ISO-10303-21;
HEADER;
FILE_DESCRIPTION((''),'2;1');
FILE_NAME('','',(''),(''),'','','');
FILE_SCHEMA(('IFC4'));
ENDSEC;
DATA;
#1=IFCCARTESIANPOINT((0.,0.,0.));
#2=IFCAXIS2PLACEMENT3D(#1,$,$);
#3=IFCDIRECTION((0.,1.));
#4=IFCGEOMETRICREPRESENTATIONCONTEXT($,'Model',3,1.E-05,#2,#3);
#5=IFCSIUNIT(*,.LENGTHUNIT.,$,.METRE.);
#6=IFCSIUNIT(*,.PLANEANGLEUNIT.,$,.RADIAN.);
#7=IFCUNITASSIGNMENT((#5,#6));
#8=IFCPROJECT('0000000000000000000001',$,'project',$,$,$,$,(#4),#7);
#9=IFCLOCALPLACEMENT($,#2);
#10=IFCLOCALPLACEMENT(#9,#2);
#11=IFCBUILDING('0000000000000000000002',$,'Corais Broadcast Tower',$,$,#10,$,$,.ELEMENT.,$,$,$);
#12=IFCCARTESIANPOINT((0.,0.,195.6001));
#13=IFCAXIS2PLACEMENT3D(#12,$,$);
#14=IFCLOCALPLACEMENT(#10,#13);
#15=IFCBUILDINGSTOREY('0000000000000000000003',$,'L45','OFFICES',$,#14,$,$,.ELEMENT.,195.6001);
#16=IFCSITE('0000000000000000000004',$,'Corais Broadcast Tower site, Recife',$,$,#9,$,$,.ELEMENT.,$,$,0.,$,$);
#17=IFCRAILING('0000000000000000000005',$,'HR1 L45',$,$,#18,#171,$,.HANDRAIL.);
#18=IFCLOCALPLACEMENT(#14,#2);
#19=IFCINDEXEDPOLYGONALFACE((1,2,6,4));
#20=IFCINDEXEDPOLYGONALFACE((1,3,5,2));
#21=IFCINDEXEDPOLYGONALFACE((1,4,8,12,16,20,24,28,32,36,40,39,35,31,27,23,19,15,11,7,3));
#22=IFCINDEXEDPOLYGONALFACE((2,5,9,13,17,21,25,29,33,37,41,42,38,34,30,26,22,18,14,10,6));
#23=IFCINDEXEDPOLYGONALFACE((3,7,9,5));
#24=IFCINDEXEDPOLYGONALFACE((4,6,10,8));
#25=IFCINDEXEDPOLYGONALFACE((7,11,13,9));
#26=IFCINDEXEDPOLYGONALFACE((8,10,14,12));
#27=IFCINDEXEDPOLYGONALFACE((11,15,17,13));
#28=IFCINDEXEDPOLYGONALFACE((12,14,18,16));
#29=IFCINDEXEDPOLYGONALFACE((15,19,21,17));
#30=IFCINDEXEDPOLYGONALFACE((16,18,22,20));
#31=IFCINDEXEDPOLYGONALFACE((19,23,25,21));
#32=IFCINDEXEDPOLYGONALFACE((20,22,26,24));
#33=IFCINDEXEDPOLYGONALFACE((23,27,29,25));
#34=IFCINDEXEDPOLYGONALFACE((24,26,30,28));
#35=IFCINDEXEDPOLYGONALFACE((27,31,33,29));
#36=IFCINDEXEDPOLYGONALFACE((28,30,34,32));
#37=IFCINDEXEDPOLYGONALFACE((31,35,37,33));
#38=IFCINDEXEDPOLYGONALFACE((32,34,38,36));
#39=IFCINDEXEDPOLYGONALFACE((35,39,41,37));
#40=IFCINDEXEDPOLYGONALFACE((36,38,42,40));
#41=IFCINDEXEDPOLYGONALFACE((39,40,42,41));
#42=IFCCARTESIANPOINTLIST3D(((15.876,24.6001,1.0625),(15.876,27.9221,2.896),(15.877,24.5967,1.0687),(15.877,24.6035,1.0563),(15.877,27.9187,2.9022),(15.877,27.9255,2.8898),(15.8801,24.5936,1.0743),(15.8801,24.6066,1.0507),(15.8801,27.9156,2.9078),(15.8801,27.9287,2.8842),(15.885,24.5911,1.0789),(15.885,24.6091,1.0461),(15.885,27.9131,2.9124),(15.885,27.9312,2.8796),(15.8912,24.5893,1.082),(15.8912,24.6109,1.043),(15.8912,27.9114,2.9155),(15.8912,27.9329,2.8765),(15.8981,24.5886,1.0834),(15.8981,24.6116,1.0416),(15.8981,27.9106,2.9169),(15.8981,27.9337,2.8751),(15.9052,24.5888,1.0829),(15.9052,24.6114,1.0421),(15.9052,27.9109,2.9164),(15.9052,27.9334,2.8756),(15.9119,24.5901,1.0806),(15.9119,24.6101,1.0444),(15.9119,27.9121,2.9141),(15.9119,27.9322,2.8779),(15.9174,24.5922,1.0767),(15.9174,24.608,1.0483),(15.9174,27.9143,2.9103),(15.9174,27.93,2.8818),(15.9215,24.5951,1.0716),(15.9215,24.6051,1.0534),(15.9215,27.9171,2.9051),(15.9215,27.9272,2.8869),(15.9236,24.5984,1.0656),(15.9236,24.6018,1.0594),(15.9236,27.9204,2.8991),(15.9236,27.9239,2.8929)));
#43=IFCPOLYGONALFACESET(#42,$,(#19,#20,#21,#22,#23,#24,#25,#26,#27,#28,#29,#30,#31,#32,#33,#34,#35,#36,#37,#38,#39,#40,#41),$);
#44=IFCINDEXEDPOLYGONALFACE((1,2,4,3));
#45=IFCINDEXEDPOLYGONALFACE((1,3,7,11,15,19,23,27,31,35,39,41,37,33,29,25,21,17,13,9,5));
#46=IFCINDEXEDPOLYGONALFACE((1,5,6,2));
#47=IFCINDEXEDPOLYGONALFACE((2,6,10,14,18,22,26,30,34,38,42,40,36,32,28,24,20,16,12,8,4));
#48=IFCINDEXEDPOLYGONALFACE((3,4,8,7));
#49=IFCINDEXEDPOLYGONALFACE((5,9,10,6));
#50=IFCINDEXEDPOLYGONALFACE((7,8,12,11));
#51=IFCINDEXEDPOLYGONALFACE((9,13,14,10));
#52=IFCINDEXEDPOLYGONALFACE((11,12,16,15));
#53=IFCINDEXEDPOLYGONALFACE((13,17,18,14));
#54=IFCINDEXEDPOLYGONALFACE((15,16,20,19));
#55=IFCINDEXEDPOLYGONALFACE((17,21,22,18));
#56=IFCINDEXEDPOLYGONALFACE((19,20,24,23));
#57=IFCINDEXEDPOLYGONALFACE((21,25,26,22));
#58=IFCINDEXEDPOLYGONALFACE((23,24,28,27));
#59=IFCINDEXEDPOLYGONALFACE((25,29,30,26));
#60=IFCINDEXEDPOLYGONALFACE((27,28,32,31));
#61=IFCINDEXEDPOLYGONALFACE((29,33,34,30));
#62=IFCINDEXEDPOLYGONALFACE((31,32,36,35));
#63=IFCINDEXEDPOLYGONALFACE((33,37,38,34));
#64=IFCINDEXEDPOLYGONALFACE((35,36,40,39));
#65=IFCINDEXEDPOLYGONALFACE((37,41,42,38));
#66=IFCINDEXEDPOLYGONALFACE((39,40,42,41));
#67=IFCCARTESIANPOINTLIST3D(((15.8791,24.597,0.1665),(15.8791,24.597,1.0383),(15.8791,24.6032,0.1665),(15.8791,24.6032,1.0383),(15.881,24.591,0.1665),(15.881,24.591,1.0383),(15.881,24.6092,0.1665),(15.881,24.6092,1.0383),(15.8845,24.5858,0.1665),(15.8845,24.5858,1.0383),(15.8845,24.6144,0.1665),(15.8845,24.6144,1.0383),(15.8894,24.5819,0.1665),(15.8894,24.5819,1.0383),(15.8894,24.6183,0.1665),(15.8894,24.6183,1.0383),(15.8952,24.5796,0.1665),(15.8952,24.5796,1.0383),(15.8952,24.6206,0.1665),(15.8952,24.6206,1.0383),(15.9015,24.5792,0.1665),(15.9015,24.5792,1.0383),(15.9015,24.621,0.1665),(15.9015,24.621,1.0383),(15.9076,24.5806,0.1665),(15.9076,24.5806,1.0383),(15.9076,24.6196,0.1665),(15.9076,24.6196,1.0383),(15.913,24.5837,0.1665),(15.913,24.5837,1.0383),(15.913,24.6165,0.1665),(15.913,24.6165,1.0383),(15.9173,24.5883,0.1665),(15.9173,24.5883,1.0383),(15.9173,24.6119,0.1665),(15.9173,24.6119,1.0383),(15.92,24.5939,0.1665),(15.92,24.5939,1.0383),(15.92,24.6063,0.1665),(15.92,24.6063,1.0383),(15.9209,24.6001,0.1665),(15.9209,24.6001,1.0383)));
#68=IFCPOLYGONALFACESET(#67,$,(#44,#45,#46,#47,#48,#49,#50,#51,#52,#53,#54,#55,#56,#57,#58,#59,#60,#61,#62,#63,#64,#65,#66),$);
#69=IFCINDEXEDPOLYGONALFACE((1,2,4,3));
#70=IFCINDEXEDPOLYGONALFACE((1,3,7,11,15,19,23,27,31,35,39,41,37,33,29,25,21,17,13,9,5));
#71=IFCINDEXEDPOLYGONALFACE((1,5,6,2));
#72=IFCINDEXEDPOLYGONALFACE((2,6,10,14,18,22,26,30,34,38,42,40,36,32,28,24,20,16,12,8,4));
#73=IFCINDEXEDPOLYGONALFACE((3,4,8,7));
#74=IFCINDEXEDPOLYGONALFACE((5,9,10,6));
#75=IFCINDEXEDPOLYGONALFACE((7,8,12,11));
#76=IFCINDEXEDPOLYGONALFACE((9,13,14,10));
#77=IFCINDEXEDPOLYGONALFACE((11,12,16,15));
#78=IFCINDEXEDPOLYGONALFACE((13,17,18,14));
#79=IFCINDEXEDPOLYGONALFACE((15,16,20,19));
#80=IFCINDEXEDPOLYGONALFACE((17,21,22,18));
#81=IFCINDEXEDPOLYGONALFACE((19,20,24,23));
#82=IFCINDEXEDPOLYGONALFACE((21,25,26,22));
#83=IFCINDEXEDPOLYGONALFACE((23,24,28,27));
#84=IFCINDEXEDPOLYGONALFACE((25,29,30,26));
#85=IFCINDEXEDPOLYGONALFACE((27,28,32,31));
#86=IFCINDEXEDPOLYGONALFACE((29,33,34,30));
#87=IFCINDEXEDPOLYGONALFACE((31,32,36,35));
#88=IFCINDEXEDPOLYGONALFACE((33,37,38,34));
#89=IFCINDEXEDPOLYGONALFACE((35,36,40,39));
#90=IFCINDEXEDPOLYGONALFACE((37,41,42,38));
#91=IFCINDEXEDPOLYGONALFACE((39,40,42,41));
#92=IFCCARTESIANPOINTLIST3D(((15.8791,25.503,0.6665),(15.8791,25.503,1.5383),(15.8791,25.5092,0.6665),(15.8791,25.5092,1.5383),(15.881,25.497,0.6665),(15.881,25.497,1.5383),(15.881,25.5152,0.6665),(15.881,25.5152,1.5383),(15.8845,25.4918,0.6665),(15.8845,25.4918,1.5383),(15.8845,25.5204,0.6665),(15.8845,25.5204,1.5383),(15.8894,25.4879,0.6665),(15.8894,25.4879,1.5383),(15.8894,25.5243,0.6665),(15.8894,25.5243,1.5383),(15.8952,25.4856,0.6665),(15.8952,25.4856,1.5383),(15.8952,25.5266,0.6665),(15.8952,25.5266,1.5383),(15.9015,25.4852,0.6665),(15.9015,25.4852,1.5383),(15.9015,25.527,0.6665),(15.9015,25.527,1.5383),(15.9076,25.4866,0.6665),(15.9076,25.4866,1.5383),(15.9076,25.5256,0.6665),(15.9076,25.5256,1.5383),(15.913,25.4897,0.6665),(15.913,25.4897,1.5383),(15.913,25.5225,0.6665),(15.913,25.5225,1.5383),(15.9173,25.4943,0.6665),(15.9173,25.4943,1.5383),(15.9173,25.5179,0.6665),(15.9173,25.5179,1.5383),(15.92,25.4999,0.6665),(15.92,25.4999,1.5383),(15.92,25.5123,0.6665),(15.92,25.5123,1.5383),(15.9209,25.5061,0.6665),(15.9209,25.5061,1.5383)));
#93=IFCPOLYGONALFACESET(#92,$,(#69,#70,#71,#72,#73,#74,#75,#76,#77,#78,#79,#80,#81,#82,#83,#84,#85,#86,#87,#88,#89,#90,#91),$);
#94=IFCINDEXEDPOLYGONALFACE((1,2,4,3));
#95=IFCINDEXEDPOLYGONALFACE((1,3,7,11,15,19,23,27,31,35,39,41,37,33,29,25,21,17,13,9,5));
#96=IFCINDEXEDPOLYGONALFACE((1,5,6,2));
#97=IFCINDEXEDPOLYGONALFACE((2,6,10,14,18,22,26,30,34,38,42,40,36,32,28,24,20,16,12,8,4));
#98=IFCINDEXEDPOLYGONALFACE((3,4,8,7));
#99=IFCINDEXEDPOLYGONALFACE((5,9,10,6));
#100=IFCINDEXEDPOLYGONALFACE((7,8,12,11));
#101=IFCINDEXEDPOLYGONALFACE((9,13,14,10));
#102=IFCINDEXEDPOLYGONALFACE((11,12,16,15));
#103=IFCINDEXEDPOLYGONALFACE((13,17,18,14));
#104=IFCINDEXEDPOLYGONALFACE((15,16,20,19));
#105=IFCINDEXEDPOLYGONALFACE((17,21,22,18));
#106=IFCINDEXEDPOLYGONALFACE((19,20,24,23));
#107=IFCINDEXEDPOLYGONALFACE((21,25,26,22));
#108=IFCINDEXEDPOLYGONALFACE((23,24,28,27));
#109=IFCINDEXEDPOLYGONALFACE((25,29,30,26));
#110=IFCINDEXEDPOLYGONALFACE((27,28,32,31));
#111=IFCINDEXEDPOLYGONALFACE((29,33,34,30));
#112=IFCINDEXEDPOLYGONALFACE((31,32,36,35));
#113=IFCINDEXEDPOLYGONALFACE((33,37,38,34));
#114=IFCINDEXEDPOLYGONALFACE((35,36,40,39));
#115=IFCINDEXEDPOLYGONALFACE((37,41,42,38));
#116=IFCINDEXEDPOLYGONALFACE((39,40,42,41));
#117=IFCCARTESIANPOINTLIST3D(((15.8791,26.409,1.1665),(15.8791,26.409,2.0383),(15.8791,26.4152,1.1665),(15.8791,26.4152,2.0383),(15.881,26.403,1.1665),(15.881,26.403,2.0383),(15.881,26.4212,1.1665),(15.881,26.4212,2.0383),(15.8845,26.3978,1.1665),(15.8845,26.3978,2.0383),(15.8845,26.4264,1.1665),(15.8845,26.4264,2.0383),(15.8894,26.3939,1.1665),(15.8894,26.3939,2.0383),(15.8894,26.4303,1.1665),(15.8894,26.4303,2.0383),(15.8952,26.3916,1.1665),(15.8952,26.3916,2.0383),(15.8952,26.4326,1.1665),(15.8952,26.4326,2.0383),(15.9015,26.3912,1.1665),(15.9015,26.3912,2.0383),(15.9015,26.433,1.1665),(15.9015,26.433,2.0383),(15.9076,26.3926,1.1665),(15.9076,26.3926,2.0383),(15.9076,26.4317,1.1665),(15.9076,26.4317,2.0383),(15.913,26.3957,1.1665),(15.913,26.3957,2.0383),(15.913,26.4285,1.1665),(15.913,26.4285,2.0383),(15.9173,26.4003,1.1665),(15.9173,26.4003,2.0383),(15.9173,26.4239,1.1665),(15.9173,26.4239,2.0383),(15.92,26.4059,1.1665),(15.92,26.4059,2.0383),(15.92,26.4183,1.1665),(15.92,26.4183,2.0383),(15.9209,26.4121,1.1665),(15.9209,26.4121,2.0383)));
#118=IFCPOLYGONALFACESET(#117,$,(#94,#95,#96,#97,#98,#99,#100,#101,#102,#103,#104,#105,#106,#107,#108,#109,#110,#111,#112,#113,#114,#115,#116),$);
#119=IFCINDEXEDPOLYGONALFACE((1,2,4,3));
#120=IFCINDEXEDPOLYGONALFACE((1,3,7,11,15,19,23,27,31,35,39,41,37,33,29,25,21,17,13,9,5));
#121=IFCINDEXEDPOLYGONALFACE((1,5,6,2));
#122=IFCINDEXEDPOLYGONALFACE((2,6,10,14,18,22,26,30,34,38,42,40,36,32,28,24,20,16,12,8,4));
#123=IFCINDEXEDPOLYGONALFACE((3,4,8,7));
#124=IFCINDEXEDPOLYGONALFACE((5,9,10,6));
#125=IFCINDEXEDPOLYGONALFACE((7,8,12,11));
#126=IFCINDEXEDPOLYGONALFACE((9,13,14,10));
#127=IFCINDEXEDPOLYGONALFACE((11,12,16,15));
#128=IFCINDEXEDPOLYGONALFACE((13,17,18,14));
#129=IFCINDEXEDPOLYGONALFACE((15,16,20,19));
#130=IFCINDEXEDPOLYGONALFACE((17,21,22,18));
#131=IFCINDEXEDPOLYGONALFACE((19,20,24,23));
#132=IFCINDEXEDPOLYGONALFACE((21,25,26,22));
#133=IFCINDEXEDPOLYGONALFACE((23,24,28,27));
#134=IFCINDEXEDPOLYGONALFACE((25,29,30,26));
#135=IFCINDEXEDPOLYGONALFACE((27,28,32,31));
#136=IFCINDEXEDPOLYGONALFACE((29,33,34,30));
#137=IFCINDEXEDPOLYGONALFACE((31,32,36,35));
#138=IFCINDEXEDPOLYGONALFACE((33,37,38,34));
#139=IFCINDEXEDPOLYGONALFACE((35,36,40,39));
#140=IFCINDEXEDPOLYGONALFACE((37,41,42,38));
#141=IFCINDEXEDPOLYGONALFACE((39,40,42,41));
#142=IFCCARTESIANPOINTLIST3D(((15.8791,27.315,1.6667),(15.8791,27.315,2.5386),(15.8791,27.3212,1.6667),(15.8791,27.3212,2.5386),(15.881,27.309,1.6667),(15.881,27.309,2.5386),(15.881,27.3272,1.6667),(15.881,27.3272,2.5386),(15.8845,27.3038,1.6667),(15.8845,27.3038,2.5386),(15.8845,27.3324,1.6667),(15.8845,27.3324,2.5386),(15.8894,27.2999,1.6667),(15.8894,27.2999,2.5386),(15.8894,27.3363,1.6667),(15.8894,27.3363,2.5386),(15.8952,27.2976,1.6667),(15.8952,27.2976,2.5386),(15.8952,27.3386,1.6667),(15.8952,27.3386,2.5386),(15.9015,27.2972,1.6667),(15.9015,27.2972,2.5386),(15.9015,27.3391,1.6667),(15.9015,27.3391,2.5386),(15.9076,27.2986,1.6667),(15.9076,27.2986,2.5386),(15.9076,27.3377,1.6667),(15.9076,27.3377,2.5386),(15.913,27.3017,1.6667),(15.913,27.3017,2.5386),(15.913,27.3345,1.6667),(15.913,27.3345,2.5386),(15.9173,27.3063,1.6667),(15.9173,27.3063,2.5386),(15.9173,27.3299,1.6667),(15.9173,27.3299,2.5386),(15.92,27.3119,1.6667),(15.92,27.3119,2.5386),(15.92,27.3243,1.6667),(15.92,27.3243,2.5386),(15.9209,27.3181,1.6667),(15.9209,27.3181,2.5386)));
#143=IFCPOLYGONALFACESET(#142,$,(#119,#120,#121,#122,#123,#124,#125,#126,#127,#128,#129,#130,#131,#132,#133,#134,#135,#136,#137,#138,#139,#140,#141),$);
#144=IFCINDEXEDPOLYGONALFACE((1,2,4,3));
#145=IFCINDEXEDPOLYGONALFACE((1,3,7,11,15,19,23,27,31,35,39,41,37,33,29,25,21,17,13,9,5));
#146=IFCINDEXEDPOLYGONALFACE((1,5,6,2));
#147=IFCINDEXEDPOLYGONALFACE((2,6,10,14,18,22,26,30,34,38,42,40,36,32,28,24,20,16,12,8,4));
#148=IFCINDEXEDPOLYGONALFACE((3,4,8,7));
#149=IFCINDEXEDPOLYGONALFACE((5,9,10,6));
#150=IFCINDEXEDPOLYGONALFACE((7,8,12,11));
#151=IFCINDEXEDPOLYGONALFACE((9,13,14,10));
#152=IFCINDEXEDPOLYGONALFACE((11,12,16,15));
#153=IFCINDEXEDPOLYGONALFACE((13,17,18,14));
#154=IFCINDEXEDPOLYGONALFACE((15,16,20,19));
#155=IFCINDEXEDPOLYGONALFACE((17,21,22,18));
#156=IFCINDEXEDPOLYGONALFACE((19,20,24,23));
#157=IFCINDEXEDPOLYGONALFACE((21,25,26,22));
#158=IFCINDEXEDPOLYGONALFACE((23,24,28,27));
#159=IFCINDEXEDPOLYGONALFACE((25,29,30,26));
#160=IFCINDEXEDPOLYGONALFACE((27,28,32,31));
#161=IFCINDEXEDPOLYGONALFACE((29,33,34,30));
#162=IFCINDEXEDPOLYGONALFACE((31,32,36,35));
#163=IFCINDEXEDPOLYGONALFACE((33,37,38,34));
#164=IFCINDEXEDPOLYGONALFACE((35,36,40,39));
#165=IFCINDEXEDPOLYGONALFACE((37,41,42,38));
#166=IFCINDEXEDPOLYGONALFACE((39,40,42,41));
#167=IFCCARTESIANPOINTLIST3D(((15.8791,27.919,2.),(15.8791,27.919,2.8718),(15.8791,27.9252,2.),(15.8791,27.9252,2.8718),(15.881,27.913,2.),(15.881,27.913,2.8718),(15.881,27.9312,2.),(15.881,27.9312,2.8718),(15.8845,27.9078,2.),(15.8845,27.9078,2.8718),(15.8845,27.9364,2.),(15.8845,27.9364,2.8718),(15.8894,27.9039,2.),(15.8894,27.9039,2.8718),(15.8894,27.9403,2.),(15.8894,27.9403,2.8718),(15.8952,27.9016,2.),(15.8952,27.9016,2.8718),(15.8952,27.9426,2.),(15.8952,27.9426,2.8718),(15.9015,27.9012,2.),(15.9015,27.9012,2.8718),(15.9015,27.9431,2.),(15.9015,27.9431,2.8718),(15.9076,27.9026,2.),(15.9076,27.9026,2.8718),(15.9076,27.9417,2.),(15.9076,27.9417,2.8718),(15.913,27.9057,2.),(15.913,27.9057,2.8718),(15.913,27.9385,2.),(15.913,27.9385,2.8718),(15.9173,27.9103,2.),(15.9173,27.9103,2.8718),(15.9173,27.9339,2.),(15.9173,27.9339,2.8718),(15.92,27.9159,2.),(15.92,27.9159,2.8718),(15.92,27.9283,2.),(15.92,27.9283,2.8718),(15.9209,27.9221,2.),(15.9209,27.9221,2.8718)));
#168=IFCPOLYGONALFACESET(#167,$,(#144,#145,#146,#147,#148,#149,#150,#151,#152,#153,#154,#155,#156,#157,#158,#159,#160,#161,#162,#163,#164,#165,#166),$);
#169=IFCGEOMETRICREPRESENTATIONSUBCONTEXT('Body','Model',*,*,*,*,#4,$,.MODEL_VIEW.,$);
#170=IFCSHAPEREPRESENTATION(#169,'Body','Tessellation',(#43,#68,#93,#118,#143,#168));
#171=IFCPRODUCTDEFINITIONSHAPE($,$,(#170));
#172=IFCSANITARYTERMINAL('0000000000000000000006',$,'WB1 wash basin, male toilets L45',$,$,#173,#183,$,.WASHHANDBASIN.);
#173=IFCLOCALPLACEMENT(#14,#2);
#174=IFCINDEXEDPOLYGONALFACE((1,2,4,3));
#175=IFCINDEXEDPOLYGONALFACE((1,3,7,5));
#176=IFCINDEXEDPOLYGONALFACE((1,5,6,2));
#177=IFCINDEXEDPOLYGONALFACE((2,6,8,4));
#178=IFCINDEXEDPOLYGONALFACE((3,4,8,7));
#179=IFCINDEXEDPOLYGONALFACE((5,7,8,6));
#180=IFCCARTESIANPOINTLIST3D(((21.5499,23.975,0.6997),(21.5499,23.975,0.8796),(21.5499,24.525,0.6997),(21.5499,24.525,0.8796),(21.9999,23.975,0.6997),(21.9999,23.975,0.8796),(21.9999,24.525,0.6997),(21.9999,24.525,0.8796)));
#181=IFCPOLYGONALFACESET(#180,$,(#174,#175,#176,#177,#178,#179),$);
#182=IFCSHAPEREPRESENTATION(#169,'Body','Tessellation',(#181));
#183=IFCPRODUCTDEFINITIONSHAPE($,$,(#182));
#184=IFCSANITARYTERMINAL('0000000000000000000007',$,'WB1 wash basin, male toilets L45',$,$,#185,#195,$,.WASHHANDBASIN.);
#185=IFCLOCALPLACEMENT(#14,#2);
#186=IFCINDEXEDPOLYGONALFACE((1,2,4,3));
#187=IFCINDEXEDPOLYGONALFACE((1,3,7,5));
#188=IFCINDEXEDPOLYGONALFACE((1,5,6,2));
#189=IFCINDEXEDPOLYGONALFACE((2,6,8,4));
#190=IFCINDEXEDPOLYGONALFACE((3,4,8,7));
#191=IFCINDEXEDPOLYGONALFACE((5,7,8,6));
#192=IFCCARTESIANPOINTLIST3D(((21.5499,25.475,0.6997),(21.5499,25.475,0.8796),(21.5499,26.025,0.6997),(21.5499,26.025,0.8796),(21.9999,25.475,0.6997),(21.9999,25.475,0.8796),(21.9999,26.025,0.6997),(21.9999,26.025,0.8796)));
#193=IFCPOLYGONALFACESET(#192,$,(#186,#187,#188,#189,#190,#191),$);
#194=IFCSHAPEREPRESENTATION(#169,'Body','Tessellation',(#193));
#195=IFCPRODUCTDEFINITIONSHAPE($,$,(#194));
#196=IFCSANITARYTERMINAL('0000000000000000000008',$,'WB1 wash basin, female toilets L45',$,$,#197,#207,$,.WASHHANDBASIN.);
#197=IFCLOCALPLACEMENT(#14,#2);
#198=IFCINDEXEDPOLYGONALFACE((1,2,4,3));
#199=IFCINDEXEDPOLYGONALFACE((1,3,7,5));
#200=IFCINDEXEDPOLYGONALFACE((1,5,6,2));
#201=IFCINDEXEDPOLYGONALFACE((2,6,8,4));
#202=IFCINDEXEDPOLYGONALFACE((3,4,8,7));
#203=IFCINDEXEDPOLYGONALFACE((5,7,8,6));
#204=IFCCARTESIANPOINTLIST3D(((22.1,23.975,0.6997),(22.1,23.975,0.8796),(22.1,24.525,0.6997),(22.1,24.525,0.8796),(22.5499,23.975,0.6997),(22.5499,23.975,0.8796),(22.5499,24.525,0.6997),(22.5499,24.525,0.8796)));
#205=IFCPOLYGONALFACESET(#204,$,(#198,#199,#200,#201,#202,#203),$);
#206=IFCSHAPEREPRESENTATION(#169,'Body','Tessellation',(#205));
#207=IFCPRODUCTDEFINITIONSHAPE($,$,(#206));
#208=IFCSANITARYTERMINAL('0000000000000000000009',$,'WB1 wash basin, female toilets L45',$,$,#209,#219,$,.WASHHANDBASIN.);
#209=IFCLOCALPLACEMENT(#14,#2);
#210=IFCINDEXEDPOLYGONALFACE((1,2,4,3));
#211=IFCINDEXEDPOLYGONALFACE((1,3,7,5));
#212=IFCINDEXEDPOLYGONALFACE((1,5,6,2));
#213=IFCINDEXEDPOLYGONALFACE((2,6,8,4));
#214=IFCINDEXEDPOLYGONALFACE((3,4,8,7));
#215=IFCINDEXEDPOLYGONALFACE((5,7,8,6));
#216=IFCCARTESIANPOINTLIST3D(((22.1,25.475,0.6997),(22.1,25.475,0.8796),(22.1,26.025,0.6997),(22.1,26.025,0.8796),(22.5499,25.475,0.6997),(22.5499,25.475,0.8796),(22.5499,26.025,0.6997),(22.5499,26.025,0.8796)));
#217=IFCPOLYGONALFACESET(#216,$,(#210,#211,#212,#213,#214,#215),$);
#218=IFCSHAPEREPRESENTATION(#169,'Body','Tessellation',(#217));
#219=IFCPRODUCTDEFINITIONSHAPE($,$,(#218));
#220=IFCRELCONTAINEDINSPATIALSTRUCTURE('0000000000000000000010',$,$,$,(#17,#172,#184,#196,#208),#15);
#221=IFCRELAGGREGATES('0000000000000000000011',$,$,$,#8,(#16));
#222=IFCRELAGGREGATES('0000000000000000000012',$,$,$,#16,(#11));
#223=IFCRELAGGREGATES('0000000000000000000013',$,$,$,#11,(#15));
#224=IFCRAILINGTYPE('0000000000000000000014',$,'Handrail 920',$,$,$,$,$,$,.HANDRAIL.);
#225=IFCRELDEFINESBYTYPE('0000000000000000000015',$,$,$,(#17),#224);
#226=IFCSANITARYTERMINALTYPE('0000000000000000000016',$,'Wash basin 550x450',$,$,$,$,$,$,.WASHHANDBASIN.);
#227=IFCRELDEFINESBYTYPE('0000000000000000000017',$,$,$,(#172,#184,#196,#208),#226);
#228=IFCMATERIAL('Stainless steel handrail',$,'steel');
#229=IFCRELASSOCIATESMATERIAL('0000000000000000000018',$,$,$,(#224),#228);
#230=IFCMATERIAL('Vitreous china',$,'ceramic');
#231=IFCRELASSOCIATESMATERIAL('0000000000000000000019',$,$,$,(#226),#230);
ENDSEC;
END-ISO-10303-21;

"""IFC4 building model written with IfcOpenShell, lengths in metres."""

from ifc_helpers import new_model, si_unit, direction, frame, origin, origin_2d, place, context, subcontext, project, spatial, rectangle, circle, extrude, material, type_object, element, save


model = new_model("IFC4")

# Units and contexts
model_context = context("Model", 3, precision=1e-05, world=origin(), true_north=direction((0.0, 1.0)))
body_context = subcontext(model_context, "Body", "Model", "MODEL_VIEW")
ifc_project = project(units=[si_unit("LENGTHUNIT", "METRE"), si_unit("PLANEANGLEUNIT", "RADIAN")], contexts=[model_context])

# Site, building, storey
site_placement = place(None, origin())
site = spatial("IfcSite", under=ifc_project, at=site_placement, Name="Corais Broadcast Tower site, Recife", CompositionType="ELEMENT", RefElevation=0.0)
building_placement = place(site_placement, origin())
building = spatial("IfcBuilding", under=site, at=building_placement, Name="Corais Broadcast Tower", CompositionType="ELEMENT")
storey_placement = place(building_placement, frame((0.0, 0.0, 195.6001)))
storey = spatial("IfcBuildingStorey", under=building, at=storey_placement, Name="L45", Description="OFFICES", CompositionType="ELEMENT", Elevation=195.6001)

# Railing
ifc_material_1 = material(Name="Stainless steel handrail", Category="steel")
railing_type = type_object("IfcRailingType", Name="Handrail 920", PredefinedType="HANDRAIL", material=ifc_material_1)
for number, where, name in (
    (1, (15.8999, 24.6001, 0.1665), "HR1 L45"),
):
    element("IfcRailing", number, at=place(storey_placement, frame(where)), inside=storey, type_object=railing_type, Name=name, PredefinedType="HANDRAIL", context=body_context, shape_type="SweptSolid", body=[
        extrude(circle(Radius=0.0239, at=origin_2d()), frame((0.0, 0.0, 0.896), z_axis=(0.0, 0.875504, 0.48321), x_axis=(-1.0, 0.0, 0.0)), (0.0, 0.0, 1.0), 3.7944),
        extrude(circle(Radius=0.021, at=origin_2d()), origin(), (0.0, 0.0, 1.0), 0.8718),
        extrude(circle(Radius=0.021, at=origin_2d()), frame((0.0, 0.906, 0.5)), (0.0, 0.0, 1.0), 0.8718),
        extrude(circle(Radius=0.021, at=origin_2d()), frame((0.0, 1.812, 1.0)), (0.0, 0.0, 1.0), 0.8718),
        extrude(circle(Radius=0.021, at=origin_2d()), frame((0.0, 2.718, 1.5002)), (0.0, 0.0, 1.0), 0.8718),
        extrude(circle(Radius=0.021, at=origin_2d()), frame((0.0, 3.322, 1.8335)), (0.0, 0.0, 1.0), 0.8718),
    ])

# Sanitary terminals
ifc_material_2 = material(Name="Vitreous china", Category="ceramic")
sanitary_terminal_type = type_object("IfcSanitaryTerminalType", Name="Wash basin 550x450", PredefinedType="WASHHANDBASIN", material=ifc_material_2)
for number, where, z_axis, x_axis, name in (
    (2, (21.7749, 24.25, 0.6997), (0.0, 0.0, 1.0), (1.0, 0.0, 0.0), "WB1 wash basin, male toilets L45"),
    (3, (21.7749, 25.75, 0.6997), (0.0, 0.0, 1.0), (1.0, 0.0, 0.0), "WB1 wash basin, male toilets L45"),
    (4, (22.325, 24.25, 0.6997), (0.0, 0.0, 1.0), (1.0, 0.0, 0.0), "WB1 wash basin, female toilets L45"),
    (5, (22.325, 25.75, 0.6997), (0.0, 0.0, 1.0), (1.0, 0.0, 0.0), "WB1 wash basin, female toilets L45"),
):
    element("IfcSanitaryTerminal", number, at=place(storey_placement, frame(where, z_axis=z_axis, x_axis=x_axis)), inside=storey, type_object=sanitary_terminal_type, Name=name, PredefinedType="WASHHANDBASIN", context=body_context, shape_type="SweptSolid", body=[
        extrude(rectangle(XDim=0.45, YDim=0.55, at=origin_2d()), origin(), (0.0, 0.0, 1.0), 0.1799),
    ])

save(model, "model.ifc")
